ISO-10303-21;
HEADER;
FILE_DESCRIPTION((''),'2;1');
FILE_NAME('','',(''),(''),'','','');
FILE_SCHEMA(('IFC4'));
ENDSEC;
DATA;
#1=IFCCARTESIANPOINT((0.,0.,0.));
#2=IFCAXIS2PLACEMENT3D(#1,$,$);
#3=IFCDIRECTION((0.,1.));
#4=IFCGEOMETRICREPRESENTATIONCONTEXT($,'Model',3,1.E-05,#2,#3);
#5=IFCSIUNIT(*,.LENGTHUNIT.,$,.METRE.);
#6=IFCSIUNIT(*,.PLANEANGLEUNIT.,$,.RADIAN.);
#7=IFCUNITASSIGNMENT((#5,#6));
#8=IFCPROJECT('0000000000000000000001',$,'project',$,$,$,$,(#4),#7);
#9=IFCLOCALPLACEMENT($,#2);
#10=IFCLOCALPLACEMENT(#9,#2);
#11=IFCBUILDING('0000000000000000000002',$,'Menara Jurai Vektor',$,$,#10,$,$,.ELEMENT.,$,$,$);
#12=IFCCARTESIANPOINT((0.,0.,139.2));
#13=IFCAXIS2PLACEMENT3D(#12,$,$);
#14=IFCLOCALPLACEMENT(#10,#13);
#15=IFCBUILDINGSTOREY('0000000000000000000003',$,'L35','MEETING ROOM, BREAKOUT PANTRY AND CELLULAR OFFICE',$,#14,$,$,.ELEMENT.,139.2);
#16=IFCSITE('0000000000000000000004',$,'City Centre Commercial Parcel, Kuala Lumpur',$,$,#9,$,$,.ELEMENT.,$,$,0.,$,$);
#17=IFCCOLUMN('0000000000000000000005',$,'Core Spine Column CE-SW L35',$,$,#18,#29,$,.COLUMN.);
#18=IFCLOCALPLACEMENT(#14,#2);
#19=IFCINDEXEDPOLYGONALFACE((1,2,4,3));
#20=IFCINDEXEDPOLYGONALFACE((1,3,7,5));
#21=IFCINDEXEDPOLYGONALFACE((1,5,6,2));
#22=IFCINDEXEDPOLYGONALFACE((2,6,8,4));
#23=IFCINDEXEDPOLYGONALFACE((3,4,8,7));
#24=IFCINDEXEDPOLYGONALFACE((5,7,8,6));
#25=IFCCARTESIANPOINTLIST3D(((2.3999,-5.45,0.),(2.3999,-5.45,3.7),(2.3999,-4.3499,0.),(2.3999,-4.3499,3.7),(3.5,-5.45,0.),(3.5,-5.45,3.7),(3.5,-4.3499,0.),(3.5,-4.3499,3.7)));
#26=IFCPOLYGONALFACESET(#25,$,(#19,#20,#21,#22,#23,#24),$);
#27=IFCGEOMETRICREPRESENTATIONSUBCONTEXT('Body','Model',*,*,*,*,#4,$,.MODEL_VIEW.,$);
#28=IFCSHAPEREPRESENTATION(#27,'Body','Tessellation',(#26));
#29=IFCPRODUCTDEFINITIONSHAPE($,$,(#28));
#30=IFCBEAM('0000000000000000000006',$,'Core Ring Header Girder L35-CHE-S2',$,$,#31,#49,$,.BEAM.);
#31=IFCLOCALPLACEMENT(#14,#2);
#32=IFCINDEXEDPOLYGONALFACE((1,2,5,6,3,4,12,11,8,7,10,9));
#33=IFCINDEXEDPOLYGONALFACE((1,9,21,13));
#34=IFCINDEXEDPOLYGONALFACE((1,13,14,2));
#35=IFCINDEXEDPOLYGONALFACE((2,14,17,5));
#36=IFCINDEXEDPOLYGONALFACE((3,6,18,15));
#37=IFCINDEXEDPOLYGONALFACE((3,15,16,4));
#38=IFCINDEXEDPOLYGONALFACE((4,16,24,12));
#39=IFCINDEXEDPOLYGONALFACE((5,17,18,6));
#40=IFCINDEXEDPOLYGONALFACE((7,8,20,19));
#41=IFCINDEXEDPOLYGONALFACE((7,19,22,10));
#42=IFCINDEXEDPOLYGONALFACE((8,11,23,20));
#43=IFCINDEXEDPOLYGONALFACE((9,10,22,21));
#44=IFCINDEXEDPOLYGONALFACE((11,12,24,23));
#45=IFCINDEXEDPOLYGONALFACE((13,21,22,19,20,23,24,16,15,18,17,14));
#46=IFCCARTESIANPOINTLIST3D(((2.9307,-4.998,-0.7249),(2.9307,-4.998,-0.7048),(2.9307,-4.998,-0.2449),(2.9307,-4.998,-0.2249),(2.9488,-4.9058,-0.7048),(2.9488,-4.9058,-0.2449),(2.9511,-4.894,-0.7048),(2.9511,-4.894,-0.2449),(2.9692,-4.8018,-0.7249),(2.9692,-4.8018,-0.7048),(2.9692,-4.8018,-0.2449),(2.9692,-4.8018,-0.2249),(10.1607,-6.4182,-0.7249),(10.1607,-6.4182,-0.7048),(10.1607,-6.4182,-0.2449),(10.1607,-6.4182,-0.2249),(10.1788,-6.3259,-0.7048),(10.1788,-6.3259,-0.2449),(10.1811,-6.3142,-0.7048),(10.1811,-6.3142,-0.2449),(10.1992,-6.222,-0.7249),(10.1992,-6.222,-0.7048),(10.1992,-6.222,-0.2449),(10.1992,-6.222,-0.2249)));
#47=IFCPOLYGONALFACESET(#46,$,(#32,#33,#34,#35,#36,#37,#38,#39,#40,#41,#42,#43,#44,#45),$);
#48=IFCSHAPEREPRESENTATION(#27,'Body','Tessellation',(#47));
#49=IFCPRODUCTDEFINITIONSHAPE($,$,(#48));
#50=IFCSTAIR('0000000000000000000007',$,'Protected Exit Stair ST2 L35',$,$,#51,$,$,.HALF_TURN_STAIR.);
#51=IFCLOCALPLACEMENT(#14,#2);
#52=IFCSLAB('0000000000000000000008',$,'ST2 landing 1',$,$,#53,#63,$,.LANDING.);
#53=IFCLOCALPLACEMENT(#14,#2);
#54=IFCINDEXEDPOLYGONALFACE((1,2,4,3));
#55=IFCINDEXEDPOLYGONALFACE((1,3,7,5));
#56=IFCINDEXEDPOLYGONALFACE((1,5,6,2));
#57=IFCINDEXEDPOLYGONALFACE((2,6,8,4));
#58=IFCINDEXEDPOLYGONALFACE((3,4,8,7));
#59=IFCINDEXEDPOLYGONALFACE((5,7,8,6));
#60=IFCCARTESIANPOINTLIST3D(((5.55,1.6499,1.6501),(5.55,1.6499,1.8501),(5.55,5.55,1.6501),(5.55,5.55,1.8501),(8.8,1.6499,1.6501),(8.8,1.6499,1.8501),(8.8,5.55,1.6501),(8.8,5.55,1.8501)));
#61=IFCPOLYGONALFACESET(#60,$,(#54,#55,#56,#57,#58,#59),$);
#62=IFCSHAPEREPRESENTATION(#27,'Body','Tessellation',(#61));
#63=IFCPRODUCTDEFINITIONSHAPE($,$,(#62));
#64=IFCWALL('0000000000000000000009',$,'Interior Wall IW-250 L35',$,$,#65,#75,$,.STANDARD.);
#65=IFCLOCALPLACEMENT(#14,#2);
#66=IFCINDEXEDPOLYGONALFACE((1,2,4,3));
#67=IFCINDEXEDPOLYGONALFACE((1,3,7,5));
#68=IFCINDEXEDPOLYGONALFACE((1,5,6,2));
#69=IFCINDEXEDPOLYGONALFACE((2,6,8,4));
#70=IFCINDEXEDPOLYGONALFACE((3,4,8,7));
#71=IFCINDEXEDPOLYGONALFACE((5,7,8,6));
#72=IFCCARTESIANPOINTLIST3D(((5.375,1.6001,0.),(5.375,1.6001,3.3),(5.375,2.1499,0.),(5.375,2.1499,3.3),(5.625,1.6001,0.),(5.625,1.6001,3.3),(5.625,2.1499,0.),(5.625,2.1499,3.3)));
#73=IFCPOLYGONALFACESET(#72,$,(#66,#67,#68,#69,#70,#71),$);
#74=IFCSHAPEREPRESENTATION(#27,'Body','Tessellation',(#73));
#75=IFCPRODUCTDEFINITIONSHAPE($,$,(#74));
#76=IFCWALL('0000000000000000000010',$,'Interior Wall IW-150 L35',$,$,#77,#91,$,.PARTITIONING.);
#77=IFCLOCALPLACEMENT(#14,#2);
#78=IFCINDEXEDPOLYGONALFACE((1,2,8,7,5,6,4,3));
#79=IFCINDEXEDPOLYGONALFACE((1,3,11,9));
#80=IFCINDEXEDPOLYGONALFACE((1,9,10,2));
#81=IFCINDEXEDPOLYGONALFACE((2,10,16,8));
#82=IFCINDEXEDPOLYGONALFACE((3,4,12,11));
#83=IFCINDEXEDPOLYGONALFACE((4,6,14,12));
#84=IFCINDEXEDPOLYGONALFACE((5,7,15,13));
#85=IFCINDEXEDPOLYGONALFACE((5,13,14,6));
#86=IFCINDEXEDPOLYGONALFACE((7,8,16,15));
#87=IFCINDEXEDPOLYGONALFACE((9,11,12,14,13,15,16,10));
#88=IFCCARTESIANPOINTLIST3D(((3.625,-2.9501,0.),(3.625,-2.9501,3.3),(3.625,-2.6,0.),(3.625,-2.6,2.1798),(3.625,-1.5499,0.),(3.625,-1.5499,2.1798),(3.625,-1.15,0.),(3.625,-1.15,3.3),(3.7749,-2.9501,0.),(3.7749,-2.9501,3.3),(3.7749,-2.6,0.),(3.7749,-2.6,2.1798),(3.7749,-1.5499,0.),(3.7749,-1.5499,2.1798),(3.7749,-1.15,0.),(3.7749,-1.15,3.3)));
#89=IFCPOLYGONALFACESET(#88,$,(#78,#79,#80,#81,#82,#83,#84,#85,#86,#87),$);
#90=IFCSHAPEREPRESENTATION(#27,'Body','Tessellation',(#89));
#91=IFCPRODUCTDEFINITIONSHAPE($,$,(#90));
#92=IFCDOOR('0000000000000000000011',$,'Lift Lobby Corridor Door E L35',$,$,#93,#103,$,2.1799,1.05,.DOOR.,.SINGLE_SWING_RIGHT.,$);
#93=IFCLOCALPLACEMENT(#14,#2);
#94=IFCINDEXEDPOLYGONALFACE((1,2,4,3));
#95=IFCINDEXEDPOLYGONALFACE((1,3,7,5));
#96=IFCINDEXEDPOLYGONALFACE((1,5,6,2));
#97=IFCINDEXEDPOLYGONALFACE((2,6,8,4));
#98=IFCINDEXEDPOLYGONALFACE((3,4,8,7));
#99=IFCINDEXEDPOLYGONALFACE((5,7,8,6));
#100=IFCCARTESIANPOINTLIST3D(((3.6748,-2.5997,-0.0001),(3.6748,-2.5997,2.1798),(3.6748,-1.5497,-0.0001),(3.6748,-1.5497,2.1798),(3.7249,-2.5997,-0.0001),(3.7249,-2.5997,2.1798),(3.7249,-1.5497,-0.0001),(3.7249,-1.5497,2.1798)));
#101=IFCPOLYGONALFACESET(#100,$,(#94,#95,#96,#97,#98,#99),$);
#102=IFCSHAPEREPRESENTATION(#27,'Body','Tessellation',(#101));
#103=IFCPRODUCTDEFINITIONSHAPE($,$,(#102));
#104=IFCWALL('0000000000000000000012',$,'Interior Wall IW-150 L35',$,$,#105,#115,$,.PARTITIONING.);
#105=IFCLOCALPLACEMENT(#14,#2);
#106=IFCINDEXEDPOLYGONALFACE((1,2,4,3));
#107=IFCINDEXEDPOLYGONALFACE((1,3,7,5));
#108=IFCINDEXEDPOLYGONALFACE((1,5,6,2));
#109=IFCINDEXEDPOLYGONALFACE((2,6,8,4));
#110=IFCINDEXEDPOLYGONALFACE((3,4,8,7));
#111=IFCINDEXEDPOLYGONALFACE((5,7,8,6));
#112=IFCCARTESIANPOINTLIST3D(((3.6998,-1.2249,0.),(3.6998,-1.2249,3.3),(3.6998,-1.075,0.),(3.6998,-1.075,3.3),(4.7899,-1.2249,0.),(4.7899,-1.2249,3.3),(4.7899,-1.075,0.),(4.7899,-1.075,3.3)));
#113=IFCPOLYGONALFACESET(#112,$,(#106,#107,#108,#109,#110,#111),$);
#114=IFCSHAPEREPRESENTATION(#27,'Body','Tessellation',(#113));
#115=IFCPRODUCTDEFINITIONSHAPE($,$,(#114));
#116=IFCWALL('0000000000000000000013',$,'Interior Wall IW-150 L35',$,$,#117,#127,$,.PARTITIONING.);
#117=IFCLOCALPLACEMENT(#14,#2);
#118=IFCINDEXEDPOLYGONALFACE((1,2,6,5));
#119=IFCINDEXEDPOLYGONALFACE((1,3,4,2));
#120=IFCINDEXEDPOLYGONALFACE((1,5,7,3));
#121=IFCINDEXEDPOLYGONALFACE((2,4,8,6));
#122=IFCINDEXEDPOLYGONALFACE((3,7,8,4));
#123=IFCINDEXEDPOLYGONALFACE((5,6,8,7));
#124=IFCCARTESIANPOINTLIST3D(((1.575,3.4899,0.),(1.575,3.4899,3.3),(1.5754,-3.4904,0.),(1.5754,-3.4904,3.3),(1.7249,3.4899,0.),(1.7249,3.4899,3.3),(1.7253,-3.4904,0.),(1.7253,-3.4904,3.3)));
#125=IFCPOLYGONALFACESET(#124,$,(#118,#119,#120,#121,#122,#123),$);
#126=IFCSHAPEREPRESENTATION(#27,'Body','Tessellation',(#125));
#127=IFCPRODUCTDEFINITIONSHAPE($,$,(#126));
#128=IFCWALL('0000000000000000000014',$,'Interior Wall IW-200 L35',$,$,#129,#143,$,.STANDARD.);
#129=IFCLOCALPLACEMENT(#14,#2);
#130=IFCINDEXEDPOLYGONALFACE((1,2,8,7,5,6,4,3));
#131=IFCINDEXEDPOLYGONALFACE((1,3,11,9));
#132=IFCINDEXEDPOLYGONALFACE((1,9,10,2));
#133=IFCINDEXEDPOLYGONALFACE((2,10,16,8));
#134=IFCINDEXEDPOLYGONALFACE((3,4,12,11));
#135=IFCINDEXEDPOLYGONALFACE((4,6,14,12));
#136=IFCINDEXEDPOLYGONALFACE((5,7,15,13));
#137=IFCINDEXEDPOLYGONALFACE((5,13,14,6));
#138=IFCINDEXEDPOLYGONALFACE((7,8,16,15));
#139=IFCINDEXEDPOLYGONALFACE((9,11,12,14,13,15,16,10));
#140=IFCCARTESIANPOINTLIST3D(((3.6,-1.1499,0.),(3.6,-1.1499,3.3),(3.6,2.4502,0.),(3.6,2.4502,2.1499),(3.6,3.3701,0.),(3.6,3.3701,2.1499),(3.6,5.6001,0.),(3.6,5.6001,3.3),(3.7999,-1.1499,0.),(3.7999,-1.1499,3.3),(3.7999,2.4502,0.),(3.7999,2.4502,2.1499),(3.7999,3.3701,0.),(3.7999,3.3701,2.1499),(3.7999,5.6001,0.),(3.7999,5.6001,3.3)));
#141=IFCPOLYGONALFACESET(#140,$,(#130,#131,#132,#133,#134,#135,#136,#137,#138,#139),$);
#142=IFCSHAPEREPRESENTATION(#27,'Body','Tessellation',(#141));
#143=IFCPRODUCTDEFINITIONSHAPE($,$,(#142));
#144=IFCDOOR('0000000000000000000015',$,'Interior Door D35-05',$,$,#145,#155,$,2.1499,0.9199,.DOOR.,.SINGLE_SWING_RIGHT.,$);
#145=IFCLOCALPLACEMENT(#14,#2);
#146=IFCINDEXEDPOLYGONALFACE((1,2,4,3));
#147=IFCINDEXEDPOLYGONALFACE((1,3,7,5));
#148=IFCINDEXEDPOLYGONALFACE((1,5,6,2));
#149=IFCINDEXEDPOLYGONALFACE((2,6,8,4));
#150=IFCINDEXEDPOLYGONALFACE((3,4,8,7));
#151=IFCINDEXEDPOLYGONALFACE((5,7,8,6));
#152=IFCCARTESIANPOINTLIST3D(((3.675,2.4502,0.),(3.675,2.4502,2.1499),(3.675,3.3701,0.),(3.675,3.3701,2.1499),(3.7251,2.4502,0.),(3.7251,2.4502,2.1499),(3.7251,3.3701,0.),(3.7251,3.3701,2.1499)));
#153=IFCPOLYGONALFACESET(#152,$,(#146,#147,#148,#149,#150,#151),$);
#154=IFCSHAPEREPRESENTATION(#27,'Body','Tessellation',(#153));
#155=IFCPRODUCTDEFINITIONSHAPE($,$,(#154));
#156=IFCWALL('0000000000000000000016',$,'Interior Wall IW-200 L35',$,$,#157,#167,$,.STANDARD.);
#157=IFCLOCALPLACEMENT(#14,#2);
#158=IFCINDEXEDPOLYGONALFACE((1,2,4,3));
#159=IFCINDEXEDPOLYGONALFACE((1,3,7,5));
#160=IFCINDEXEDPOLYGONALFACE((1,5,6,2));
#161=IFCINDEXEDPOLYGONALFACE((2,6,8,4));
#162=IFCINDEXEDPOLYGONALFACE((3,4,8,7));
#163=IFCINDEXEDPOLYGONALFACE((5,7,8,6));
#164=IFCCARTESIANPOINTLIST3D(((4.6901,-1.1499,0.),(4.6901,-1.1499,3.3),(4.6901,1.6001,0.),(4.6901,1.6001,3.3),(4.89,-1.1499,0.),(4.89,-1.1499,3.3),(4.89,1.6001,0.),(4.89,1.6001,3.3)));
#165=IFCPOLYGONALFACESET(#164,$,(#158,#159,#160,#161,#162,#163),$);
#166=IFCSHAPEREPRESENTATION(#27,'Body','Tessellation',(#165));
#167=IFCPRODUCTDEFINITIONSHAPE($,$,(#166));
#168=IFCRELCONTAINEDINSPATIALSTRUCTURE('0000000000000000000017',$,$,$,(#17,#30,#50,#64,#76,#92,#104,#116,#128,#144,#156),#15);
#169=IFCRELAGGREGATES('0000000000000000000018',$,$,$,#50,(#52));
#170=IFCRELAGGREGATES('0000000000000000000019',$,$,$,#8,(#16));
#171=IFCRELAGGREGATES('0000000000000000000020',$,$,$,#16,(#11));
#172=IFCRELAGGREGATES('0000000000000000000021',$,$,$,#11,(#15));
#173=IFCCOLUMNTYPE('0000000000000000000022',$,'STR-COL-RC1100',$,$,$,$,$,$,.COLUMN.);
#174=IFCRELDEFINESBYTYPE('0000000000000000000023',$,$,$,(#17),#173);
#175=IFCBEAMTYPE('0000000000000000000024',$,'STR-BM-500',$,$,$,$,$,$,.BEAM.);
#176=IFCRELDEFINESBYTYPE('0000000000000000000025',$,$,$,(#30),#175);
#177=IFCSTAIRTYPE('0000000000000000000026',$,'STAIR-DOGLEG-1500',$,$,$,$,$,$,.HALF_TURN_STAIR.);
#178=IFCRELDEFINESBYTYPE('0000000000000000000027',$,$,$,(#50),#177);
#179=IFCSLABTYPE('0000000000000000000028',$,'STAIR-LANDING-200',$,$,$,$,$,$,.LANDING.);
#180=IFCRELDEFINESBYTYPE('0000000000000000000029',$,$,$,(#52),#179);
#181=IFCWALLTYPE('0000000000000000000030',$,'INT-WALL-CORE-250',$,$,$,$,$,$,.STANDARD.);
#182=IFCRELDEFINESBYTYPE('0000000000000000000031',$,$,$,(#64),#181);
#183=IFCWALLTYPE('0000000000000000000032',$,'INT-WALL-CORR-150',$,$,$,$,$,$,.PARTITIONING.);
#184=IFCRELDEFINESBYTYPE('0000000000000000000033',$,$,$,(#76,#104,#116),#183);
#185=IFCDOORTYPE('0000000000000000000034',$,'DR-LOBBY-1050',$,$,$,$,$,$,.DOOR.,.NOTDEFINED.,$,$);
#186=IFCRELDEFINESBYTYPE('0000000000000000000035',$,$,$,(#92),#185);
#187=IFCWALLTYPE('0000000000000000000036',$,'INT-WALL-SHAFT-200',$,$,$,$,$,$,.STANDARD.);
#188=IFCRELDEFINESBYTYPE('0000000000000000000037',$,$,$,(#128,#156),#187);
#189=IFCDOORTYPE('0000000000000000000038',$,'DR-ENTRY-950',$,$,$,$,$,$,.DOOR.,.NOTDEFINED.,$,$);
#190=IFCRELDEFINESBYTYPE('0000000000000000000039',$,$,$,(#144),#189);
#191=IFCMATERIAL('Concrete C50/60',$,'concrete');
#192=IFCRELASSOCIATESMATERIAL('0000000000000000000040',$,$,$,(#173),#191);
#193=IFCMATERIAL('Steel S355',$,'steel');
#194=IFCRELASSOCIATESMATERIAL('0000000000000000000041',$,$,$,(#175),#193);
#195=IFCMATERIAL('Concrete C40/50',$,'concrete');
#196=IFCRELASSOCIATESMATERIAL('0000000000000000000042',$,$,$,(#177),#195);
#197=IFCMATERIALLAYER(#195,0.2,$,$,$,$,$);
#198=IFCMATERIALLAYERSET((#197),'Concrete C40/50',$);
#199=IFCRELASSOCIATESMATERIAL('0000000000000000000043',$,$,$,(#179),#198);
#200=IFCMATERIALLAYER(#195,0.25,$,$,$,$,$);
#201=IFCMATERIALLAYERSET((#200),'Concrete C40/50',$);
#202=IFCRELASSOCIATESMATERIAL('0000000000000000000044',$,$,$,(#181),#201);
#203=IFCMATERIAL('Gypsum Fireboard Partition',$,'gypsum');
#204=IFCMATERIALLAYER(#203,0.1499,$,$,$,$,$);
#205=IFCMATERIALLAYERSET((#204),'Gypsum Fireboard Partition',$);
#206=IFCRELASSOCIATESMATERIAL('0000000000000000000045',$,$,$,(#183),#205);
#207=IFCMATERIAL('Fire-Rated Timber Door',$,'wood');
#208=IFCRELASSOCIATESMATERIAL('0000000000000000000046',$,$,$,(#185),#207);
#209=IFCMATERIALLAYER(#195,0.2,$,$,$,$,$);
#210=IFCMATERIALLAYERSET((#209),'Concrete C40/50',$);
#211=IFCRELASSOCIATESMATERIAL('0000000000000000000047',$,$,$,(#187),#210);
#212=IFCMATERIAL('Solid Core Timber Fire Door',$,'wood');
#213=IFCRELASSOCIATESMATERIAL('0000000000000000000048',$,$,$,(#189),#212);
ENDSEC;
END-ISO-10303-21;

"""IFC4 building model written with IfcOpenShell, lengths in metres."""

from ifc_helpers import new_model, si_unit, direction, frame, frame_2d, origin, origin_2d, place, context, subcontext, project, spatial, polyline, rectangle, i_section, outline, extrude, material, layer, layer_set, material_profile, profile_set, type_object, element, fill, aggregate, save


model = new_model("IFC4")

# Units and contexts
model_context = context("Model", 3, precision=1e-05, world=origin(), true_north=direction((0.0, 1.0)))
body_context = subcontext(model_context, "Body", "Model", "MODEL_VIEW")
ifc_project = project(units=[si_unit("LENGTHUNIT", "METRE"), si_unit("PLANEANGLEUNIT", "RADIAN")], contexts=[model_context])

# Site, building, storey
site_placement = place(None, origin())
site = spatial("IfcSite", under=ifc_project, at=site_placement, Name="City Centre Commercial Parcel, Kuala Lumpur", CompositionType="ELEMENT", RefElevation=0.0)
building_placement = place(site_placement, origin())
building = spatial("IfcBuilding", under=site, at=building_placement, Name="Menara Jurai Vektor", CompositionType="ELEMENT")
storey_placement = place(building_placement, frame((0.0, 0.0, 139.2)))
storey = spatial("IfcBuildingStorey", under=building, at=storey_placement, Name="L35", Description="MEETING ROOM, BREAKOUT PANTRY AND CELLULAR OFFICE", CompositionType="ELEMENT", Elevation=139.2)

# Column
ifc_material_1 = material(Name="Concrete C50/60", Category="concrete")
ifc_material_profile_1 = material_profile(ifc_material_1, rectangle(XDim=1.1001, YDim=1.1001, at=origin_2d()), Name="RC 1100x1100")
ifc_profile_set_1 = profile_set([ifc_material_profile_1], Name="Concrete C50/60")
column_type = type_object("IfcColumnType", Name="STR-COL-RC1100", PredefinedType="COLUMN", material=ifc_profile_set_1)
column_placement = place(storey_placement, frame((2.95, -4.8999, 0.0), z_axis=(0.0, 0.0, 1.0), x_axis=(1.0, 0.0, 0.0)))
element("IfcColumn", 1, at=column_placement, inside=storey, type_object=column_type, Name="Core Spine Column CE-SW L35", PredefinedType="COLUMN", context=body_context, shape_type="SweptSolid", body=[
    extrude(rectangle(XDim=1.1001, YDim=1.1001, at=origin_2d()), origin(), (0.0, 0.0, 1.0), 3.7),
])

# Beam
ifc_material_2 = material(Name="Steel S355", Category="steel")
ifc_material_profile_2 = material_profile(ifc_material_2, i_section(OverallWidth=0.2, OverallDepth=0.5, WebThickness=0.012, FlangeThickness=0.02, at=origin_2d()), Name="PG 500x200x96")
ifc_profile_set_2 = profile_set([ifc_material_profile_2], Name="Steel S355")
beam_type = type_object("IfcBeamType", Name="STR-BM-500", PredefinedType="BEAM", material=ifc_profile_set_2)
beam_placement = place(storey_placement, frame((2.95, -4.8999, -0.4749), z_axis=(0.981249, -0.192744, 0.0), x_axis=(0.192744, 0.981249, 0.0)))
element("IfcBeam", 2, at=beam_placement, inside=storey, type_object=beam_type, Name="Core Ring Header Girder L35-CHE-S2", PredefinedType="BEAM", context=body_context, shape_type="SweptSolid", body=[
    extrude(i_section(OverallWidth=0.2, OverallDepth=0.5, WebThickness=0.012, FlangeThickness=0.02, at=origin_2d()), origin(), (0.0, 0.0, 1.0), 7.3682),
])

# Stair, slab
ifc_material_3 = material(Name="Concrete C40/50", Category="concrete")
stair_type = type_object("IfcStairType", Name="STAIR-DOGLEG-1500", PredefinedType="HALF_TURN_STAIR", material=ifc_material_3)
stair_placement = place(storey_placement, origin())
stair = element("IfcStair", 3, at=stair_placement, inside=storey, type_object=stair_type, Name="Protected Exit Stair ST2 L35", PredefinedType="HALF_TURN_STAIR")
ifc_layer_1 = layer(ifc_material_3, 0.2)
ifc_layer_set_1 = layer_set([ifc_layer_1], Name="Concrete C40/50")
slab_type = type_object("IfcSlabType", Name="STAIR-LANDING-200", PredefinedType="LANDING", material=ifc_layer_set_1)
slab_placement = place(storey_placement, frame((0.0, 0.0, 1.6501)))
slab = element("IfcSlab", 4, at=slab_placement, type_object=slab_type, Name="ST2 landing 1", PredefinedType="LANDING", context=body_context, shape_type="SweptSolid", body=[
    extrude(outline(polyline([(5.55, 1.6499), (8.8, 1.6499), (8.8, 5.55), (5.55, 5.55), (5.55, 1.6499)])), origin(), (0.0, 0.0, 1.0), 0.2),
])
aggregate(stair, [slab])

# Wall
ifc_layer_2 = layer(ifc_material_3, 0.25)
ifc_layer_set_2 = layer_set([ifc_layer_2], Name="Concrete C40/50")
wall_type_1 = type_object("IfcWallType", Name="INT-WALL-CORE-250", PredefinedType="STANDARD", material=ifc_layer_set_2)
wall_1_placement = place(storey_placement, frame((5.5, 1.6001, 0.0), z_axis=(0.0, 0.0, 1.0), x_axis=(0.0, 1.0, 0.0)))
element("IfcWall", 5, at=wall_1_placement, inside=storey, type_object=wall_type_1, Name="Interior Wall IW-250 L35", PredefinedType="STANDARD", context=body_context, shape_type="SweptSolid", body=[
    extrude(rectangle(XDim=0.5498, YDim=0.25, at=frame_2d((0.2749, 0.0))), origin(), (0.0, 0.0, 1.0), 3.3),
])

# Wall, opening, door
ifc_material_4 = material(Name="Gypsum Fireboard Partition", Category="gypsum")
ifc_layer_3 = layer(ifc_material_4, 0.1499)
ifc_layer_set_3 = layer_set([ifc_layer_3], Name="Gypsum Fireboard Partition")
wall_type_2 = type_object("IfcWallType", Name="INT-WALL-CORR-150", PredefinedType="PARTITIONING", material=ifc_layer_set_3)
wall_2_placement = place(storey_placement, frame((3.7, -2.95, 0.0), z_axis=(0.0, 0.0, 1.0), x_axis=(0.0, 1.0, 0.0)))
wall_2 = element("IfcWall", 6, at=wall_2_placement, inside=storey, type_object=wall_type_2, Name="Interior Wall IW-150 L35", PredefinedType="PARTITIONING", context=body_context, shape_type="SweptSolid", body=[
    extrude(rectangle(XDim=1.8, YDim=0.1499, at=frame_2d((0.8999, 0.0))), origin(), (0.0, 0.0, 1.0), 3.3),
])
opening_1_placement = place(wall_2_placement, frame((0.3501, 0.0, 0.0)))
opening_1 = element("IfcOpeningElement", 7, at=opening_1_placement, cuts=wall_2, PredefinedType="OPENING", context=body_context, shape_type="SweptSolid", body=[
    extrude(rectangle(XDim=1.05, YDim=2.1799, at=frame_2d((0.5249, 1.0898))), frame((0.0, 0.085, 0.0), z_axis=(0.0, -1.0, 0.0), x_axis=(1.0, 0.0, 0.0)), (0.0, 0.0, 1.0), 0.1699),
])
ifc_material_5 = material(Name="Fire-Rated Timber Door", Category="wood")
door_type_1 = type_object("IfcDoorType", Name="DR-LOBBY-1050", OperationType="NOTDEFINED", PredefinedType="DOOR", material=ifc_material_5)
door_1_placement = place(opening_1_placement, frame((1.05, 0.0, 0.0), z_axis=(0.0, 0.0, 1.0), x_axis=(-1.0, 0.0, 0.0)))
door_1 = element("IfcDoor", 8, at=door_1_placement, inside=storey, type_object=door_type_1, Name="Lift Lobby Corridor Door E L35", OperationType="SINGLE_SWING_RIGHT", OverallHeight=2.1799, OverallWidth=1.05, PredefinedType="DOOR", context=body_context, shape_type="SweptSolid", body=[
    extrude(rectangle(XDim=1.05, YDim=2.1799, at=frame_2d((0.5249, 1.0898))), frame((0.0, 0.0249, 0.0), z_axis=(0.0, -1.0, 0.0), x_axis=(1.0, 0.0, 0.0)), (0.0, 0.0, 1.0), 0.05),
])
fill(opening_1, door_1)

# Walls
wall_3_placement = place(storey_placement, frame((3.7, -1.1499, 0.0), z_axis=(0.0, 0.0, 1.0), x_axis=(1.0, 0.0, 0.0)))
element("IfcWall", 9, at=wall_3_placement, inside=storey, type_object=wall_type_2, Name="Interior Wall IW-150 L35", PredefinedType="PARTITIONING", context=body_context, shape_type="SweptSolid", body=[
    extrude(rectangle(XDim=1.0901, YDim=0.1499, at=frame_2d((0.5449, 0.0))), origin(), (0.0, 0.0, 1.0), 3.3),
])
wall_4_placement = place(storey_placement, frame((1.6504, -3.4905, 0.0), z_axis=(0.0, 0.0, 1.0), x_axis=(-0.00007, 1.0, 0.0)))
element("IfcWall", 10, at=wall_4_placement, inside=storey, type_object=wall_type_2, Name="Interior Wall IW-150 L35", PredefinedType="PARTITIONING", context=body_context, shape_type="SweptSolid", body=[
    extrude(rectangle(XDim=6.9802, YDim=0.1499, at=frame_2d((3.4902, 0.0))), origin(), (0.0, 0.0, 1.0), 3.3),
])

# Wall, opening, door
ifc_layer_4 = layer(ifc_material_3, 0.2)
ifc_layer_set_4 = layer_set([ifc_layer_4], Name="Concrete C40/50")
wall_type_3 = type_object("IfcWallType", Name="INT-WALL-SHAFT-200", PredefinedType="STANDARD", material=ifc_layer_set_4)
wall_5_placement = place(storey_placement, frame((3.7, -1.1499, 0.0), z_axis=(0.0, 0.0, 1.0), x_axis=(0.0, 1.0, 0.0)))
wall_5 = element("IfcWall", 11, at=wall_5_placement, inside=storey, type_object=wall_type_3, Name="Interior Wall IW-200 L35", PredefinedType="STANDARD", context=body_context, shape_type="SweptSolid", body=[
    extrude(rectangle(XDim=6.75, YDim=0.2, at=frame_2d((3.375, 0.0))), origin(), (0.0, 0.0, 1.0), 3.3),
])
opening_2_placement = place(wall_5_placement, frame((3.6001, 0.0, 0.0)))
opening_2 = element("IfcOpeningElement", 12, at=opening_2_placement, cuts=wall_5, PredefinedType="OPENING", context=body_context, shape_type="SweptSolid", body=[
    extrude(rectangle(XDim=0.9199, YDim=2.1499, at=frame_2d((0.46, 1.075))), frame((0.0, 0.1099, 0.0), z_axis=(0.0, -1.0, 0.0), x_axis=(1.0, 0.0, 0.0)), (0.0, 0.0, 1.0), 0.22),
])
ifc_material_6 = material(Name="Solid Core Timber Fire Door", Category="wood")
door_type_2 = type_object("IfcDoorType", Name="DR-ENTRY-950", OperationType="NOTDEFINED", PredefinedType="DOOR", material=ifc_material_6)
door_2_placement = place(opening_2_placement, origin())
door_2 = element("IfcDoor", 13, at=door_2_placement, inside=storey, type_object=door_type_2, Name="Interior Door D35-05", OperationType="SINGLE_SWING_RIGHT", OverallHeight=2.1499, OverallWidth=0.9199, PredefinedType="DOOR", context=body_context, shape_type="SweptSolid", body=[
    extrude(rectangle(XDim=0.9199, YDim=2.1499, at=frame_2d((0.46, 1.075))), frame((0.0, 0.0249, 0.0), z_axis=(0.0, -1.0, 0.0), x_axis=(1.0, 0.0, 0.0)), (0.0, 0.0, 1.0), 0.05),
])
fill(opening_2, door_2)

# Wall
wall_6_placement = place(storey_placement, frame((4.79, -1.1499, 0.0), z_axis=(0.0, 0.0, 1.0), x_axis=(0.0, 1.0, 0.0)))
element("IfcWall", 14, at=wall_6_placement, inside=storey, type_object=wall_type_3, Name="Interior Wall IW-200 L35", PredefinedType="STANDARD", context=body_context, shape_type="SweptSolid", body=[
    extrude(rectangle(XDim=2.75, YDim=0.2, at=frame_2d((1.375, 0.0))), origin(), (0.0, 0.0, 1.0), 3.3),
])

save(model, "model.ifc")
